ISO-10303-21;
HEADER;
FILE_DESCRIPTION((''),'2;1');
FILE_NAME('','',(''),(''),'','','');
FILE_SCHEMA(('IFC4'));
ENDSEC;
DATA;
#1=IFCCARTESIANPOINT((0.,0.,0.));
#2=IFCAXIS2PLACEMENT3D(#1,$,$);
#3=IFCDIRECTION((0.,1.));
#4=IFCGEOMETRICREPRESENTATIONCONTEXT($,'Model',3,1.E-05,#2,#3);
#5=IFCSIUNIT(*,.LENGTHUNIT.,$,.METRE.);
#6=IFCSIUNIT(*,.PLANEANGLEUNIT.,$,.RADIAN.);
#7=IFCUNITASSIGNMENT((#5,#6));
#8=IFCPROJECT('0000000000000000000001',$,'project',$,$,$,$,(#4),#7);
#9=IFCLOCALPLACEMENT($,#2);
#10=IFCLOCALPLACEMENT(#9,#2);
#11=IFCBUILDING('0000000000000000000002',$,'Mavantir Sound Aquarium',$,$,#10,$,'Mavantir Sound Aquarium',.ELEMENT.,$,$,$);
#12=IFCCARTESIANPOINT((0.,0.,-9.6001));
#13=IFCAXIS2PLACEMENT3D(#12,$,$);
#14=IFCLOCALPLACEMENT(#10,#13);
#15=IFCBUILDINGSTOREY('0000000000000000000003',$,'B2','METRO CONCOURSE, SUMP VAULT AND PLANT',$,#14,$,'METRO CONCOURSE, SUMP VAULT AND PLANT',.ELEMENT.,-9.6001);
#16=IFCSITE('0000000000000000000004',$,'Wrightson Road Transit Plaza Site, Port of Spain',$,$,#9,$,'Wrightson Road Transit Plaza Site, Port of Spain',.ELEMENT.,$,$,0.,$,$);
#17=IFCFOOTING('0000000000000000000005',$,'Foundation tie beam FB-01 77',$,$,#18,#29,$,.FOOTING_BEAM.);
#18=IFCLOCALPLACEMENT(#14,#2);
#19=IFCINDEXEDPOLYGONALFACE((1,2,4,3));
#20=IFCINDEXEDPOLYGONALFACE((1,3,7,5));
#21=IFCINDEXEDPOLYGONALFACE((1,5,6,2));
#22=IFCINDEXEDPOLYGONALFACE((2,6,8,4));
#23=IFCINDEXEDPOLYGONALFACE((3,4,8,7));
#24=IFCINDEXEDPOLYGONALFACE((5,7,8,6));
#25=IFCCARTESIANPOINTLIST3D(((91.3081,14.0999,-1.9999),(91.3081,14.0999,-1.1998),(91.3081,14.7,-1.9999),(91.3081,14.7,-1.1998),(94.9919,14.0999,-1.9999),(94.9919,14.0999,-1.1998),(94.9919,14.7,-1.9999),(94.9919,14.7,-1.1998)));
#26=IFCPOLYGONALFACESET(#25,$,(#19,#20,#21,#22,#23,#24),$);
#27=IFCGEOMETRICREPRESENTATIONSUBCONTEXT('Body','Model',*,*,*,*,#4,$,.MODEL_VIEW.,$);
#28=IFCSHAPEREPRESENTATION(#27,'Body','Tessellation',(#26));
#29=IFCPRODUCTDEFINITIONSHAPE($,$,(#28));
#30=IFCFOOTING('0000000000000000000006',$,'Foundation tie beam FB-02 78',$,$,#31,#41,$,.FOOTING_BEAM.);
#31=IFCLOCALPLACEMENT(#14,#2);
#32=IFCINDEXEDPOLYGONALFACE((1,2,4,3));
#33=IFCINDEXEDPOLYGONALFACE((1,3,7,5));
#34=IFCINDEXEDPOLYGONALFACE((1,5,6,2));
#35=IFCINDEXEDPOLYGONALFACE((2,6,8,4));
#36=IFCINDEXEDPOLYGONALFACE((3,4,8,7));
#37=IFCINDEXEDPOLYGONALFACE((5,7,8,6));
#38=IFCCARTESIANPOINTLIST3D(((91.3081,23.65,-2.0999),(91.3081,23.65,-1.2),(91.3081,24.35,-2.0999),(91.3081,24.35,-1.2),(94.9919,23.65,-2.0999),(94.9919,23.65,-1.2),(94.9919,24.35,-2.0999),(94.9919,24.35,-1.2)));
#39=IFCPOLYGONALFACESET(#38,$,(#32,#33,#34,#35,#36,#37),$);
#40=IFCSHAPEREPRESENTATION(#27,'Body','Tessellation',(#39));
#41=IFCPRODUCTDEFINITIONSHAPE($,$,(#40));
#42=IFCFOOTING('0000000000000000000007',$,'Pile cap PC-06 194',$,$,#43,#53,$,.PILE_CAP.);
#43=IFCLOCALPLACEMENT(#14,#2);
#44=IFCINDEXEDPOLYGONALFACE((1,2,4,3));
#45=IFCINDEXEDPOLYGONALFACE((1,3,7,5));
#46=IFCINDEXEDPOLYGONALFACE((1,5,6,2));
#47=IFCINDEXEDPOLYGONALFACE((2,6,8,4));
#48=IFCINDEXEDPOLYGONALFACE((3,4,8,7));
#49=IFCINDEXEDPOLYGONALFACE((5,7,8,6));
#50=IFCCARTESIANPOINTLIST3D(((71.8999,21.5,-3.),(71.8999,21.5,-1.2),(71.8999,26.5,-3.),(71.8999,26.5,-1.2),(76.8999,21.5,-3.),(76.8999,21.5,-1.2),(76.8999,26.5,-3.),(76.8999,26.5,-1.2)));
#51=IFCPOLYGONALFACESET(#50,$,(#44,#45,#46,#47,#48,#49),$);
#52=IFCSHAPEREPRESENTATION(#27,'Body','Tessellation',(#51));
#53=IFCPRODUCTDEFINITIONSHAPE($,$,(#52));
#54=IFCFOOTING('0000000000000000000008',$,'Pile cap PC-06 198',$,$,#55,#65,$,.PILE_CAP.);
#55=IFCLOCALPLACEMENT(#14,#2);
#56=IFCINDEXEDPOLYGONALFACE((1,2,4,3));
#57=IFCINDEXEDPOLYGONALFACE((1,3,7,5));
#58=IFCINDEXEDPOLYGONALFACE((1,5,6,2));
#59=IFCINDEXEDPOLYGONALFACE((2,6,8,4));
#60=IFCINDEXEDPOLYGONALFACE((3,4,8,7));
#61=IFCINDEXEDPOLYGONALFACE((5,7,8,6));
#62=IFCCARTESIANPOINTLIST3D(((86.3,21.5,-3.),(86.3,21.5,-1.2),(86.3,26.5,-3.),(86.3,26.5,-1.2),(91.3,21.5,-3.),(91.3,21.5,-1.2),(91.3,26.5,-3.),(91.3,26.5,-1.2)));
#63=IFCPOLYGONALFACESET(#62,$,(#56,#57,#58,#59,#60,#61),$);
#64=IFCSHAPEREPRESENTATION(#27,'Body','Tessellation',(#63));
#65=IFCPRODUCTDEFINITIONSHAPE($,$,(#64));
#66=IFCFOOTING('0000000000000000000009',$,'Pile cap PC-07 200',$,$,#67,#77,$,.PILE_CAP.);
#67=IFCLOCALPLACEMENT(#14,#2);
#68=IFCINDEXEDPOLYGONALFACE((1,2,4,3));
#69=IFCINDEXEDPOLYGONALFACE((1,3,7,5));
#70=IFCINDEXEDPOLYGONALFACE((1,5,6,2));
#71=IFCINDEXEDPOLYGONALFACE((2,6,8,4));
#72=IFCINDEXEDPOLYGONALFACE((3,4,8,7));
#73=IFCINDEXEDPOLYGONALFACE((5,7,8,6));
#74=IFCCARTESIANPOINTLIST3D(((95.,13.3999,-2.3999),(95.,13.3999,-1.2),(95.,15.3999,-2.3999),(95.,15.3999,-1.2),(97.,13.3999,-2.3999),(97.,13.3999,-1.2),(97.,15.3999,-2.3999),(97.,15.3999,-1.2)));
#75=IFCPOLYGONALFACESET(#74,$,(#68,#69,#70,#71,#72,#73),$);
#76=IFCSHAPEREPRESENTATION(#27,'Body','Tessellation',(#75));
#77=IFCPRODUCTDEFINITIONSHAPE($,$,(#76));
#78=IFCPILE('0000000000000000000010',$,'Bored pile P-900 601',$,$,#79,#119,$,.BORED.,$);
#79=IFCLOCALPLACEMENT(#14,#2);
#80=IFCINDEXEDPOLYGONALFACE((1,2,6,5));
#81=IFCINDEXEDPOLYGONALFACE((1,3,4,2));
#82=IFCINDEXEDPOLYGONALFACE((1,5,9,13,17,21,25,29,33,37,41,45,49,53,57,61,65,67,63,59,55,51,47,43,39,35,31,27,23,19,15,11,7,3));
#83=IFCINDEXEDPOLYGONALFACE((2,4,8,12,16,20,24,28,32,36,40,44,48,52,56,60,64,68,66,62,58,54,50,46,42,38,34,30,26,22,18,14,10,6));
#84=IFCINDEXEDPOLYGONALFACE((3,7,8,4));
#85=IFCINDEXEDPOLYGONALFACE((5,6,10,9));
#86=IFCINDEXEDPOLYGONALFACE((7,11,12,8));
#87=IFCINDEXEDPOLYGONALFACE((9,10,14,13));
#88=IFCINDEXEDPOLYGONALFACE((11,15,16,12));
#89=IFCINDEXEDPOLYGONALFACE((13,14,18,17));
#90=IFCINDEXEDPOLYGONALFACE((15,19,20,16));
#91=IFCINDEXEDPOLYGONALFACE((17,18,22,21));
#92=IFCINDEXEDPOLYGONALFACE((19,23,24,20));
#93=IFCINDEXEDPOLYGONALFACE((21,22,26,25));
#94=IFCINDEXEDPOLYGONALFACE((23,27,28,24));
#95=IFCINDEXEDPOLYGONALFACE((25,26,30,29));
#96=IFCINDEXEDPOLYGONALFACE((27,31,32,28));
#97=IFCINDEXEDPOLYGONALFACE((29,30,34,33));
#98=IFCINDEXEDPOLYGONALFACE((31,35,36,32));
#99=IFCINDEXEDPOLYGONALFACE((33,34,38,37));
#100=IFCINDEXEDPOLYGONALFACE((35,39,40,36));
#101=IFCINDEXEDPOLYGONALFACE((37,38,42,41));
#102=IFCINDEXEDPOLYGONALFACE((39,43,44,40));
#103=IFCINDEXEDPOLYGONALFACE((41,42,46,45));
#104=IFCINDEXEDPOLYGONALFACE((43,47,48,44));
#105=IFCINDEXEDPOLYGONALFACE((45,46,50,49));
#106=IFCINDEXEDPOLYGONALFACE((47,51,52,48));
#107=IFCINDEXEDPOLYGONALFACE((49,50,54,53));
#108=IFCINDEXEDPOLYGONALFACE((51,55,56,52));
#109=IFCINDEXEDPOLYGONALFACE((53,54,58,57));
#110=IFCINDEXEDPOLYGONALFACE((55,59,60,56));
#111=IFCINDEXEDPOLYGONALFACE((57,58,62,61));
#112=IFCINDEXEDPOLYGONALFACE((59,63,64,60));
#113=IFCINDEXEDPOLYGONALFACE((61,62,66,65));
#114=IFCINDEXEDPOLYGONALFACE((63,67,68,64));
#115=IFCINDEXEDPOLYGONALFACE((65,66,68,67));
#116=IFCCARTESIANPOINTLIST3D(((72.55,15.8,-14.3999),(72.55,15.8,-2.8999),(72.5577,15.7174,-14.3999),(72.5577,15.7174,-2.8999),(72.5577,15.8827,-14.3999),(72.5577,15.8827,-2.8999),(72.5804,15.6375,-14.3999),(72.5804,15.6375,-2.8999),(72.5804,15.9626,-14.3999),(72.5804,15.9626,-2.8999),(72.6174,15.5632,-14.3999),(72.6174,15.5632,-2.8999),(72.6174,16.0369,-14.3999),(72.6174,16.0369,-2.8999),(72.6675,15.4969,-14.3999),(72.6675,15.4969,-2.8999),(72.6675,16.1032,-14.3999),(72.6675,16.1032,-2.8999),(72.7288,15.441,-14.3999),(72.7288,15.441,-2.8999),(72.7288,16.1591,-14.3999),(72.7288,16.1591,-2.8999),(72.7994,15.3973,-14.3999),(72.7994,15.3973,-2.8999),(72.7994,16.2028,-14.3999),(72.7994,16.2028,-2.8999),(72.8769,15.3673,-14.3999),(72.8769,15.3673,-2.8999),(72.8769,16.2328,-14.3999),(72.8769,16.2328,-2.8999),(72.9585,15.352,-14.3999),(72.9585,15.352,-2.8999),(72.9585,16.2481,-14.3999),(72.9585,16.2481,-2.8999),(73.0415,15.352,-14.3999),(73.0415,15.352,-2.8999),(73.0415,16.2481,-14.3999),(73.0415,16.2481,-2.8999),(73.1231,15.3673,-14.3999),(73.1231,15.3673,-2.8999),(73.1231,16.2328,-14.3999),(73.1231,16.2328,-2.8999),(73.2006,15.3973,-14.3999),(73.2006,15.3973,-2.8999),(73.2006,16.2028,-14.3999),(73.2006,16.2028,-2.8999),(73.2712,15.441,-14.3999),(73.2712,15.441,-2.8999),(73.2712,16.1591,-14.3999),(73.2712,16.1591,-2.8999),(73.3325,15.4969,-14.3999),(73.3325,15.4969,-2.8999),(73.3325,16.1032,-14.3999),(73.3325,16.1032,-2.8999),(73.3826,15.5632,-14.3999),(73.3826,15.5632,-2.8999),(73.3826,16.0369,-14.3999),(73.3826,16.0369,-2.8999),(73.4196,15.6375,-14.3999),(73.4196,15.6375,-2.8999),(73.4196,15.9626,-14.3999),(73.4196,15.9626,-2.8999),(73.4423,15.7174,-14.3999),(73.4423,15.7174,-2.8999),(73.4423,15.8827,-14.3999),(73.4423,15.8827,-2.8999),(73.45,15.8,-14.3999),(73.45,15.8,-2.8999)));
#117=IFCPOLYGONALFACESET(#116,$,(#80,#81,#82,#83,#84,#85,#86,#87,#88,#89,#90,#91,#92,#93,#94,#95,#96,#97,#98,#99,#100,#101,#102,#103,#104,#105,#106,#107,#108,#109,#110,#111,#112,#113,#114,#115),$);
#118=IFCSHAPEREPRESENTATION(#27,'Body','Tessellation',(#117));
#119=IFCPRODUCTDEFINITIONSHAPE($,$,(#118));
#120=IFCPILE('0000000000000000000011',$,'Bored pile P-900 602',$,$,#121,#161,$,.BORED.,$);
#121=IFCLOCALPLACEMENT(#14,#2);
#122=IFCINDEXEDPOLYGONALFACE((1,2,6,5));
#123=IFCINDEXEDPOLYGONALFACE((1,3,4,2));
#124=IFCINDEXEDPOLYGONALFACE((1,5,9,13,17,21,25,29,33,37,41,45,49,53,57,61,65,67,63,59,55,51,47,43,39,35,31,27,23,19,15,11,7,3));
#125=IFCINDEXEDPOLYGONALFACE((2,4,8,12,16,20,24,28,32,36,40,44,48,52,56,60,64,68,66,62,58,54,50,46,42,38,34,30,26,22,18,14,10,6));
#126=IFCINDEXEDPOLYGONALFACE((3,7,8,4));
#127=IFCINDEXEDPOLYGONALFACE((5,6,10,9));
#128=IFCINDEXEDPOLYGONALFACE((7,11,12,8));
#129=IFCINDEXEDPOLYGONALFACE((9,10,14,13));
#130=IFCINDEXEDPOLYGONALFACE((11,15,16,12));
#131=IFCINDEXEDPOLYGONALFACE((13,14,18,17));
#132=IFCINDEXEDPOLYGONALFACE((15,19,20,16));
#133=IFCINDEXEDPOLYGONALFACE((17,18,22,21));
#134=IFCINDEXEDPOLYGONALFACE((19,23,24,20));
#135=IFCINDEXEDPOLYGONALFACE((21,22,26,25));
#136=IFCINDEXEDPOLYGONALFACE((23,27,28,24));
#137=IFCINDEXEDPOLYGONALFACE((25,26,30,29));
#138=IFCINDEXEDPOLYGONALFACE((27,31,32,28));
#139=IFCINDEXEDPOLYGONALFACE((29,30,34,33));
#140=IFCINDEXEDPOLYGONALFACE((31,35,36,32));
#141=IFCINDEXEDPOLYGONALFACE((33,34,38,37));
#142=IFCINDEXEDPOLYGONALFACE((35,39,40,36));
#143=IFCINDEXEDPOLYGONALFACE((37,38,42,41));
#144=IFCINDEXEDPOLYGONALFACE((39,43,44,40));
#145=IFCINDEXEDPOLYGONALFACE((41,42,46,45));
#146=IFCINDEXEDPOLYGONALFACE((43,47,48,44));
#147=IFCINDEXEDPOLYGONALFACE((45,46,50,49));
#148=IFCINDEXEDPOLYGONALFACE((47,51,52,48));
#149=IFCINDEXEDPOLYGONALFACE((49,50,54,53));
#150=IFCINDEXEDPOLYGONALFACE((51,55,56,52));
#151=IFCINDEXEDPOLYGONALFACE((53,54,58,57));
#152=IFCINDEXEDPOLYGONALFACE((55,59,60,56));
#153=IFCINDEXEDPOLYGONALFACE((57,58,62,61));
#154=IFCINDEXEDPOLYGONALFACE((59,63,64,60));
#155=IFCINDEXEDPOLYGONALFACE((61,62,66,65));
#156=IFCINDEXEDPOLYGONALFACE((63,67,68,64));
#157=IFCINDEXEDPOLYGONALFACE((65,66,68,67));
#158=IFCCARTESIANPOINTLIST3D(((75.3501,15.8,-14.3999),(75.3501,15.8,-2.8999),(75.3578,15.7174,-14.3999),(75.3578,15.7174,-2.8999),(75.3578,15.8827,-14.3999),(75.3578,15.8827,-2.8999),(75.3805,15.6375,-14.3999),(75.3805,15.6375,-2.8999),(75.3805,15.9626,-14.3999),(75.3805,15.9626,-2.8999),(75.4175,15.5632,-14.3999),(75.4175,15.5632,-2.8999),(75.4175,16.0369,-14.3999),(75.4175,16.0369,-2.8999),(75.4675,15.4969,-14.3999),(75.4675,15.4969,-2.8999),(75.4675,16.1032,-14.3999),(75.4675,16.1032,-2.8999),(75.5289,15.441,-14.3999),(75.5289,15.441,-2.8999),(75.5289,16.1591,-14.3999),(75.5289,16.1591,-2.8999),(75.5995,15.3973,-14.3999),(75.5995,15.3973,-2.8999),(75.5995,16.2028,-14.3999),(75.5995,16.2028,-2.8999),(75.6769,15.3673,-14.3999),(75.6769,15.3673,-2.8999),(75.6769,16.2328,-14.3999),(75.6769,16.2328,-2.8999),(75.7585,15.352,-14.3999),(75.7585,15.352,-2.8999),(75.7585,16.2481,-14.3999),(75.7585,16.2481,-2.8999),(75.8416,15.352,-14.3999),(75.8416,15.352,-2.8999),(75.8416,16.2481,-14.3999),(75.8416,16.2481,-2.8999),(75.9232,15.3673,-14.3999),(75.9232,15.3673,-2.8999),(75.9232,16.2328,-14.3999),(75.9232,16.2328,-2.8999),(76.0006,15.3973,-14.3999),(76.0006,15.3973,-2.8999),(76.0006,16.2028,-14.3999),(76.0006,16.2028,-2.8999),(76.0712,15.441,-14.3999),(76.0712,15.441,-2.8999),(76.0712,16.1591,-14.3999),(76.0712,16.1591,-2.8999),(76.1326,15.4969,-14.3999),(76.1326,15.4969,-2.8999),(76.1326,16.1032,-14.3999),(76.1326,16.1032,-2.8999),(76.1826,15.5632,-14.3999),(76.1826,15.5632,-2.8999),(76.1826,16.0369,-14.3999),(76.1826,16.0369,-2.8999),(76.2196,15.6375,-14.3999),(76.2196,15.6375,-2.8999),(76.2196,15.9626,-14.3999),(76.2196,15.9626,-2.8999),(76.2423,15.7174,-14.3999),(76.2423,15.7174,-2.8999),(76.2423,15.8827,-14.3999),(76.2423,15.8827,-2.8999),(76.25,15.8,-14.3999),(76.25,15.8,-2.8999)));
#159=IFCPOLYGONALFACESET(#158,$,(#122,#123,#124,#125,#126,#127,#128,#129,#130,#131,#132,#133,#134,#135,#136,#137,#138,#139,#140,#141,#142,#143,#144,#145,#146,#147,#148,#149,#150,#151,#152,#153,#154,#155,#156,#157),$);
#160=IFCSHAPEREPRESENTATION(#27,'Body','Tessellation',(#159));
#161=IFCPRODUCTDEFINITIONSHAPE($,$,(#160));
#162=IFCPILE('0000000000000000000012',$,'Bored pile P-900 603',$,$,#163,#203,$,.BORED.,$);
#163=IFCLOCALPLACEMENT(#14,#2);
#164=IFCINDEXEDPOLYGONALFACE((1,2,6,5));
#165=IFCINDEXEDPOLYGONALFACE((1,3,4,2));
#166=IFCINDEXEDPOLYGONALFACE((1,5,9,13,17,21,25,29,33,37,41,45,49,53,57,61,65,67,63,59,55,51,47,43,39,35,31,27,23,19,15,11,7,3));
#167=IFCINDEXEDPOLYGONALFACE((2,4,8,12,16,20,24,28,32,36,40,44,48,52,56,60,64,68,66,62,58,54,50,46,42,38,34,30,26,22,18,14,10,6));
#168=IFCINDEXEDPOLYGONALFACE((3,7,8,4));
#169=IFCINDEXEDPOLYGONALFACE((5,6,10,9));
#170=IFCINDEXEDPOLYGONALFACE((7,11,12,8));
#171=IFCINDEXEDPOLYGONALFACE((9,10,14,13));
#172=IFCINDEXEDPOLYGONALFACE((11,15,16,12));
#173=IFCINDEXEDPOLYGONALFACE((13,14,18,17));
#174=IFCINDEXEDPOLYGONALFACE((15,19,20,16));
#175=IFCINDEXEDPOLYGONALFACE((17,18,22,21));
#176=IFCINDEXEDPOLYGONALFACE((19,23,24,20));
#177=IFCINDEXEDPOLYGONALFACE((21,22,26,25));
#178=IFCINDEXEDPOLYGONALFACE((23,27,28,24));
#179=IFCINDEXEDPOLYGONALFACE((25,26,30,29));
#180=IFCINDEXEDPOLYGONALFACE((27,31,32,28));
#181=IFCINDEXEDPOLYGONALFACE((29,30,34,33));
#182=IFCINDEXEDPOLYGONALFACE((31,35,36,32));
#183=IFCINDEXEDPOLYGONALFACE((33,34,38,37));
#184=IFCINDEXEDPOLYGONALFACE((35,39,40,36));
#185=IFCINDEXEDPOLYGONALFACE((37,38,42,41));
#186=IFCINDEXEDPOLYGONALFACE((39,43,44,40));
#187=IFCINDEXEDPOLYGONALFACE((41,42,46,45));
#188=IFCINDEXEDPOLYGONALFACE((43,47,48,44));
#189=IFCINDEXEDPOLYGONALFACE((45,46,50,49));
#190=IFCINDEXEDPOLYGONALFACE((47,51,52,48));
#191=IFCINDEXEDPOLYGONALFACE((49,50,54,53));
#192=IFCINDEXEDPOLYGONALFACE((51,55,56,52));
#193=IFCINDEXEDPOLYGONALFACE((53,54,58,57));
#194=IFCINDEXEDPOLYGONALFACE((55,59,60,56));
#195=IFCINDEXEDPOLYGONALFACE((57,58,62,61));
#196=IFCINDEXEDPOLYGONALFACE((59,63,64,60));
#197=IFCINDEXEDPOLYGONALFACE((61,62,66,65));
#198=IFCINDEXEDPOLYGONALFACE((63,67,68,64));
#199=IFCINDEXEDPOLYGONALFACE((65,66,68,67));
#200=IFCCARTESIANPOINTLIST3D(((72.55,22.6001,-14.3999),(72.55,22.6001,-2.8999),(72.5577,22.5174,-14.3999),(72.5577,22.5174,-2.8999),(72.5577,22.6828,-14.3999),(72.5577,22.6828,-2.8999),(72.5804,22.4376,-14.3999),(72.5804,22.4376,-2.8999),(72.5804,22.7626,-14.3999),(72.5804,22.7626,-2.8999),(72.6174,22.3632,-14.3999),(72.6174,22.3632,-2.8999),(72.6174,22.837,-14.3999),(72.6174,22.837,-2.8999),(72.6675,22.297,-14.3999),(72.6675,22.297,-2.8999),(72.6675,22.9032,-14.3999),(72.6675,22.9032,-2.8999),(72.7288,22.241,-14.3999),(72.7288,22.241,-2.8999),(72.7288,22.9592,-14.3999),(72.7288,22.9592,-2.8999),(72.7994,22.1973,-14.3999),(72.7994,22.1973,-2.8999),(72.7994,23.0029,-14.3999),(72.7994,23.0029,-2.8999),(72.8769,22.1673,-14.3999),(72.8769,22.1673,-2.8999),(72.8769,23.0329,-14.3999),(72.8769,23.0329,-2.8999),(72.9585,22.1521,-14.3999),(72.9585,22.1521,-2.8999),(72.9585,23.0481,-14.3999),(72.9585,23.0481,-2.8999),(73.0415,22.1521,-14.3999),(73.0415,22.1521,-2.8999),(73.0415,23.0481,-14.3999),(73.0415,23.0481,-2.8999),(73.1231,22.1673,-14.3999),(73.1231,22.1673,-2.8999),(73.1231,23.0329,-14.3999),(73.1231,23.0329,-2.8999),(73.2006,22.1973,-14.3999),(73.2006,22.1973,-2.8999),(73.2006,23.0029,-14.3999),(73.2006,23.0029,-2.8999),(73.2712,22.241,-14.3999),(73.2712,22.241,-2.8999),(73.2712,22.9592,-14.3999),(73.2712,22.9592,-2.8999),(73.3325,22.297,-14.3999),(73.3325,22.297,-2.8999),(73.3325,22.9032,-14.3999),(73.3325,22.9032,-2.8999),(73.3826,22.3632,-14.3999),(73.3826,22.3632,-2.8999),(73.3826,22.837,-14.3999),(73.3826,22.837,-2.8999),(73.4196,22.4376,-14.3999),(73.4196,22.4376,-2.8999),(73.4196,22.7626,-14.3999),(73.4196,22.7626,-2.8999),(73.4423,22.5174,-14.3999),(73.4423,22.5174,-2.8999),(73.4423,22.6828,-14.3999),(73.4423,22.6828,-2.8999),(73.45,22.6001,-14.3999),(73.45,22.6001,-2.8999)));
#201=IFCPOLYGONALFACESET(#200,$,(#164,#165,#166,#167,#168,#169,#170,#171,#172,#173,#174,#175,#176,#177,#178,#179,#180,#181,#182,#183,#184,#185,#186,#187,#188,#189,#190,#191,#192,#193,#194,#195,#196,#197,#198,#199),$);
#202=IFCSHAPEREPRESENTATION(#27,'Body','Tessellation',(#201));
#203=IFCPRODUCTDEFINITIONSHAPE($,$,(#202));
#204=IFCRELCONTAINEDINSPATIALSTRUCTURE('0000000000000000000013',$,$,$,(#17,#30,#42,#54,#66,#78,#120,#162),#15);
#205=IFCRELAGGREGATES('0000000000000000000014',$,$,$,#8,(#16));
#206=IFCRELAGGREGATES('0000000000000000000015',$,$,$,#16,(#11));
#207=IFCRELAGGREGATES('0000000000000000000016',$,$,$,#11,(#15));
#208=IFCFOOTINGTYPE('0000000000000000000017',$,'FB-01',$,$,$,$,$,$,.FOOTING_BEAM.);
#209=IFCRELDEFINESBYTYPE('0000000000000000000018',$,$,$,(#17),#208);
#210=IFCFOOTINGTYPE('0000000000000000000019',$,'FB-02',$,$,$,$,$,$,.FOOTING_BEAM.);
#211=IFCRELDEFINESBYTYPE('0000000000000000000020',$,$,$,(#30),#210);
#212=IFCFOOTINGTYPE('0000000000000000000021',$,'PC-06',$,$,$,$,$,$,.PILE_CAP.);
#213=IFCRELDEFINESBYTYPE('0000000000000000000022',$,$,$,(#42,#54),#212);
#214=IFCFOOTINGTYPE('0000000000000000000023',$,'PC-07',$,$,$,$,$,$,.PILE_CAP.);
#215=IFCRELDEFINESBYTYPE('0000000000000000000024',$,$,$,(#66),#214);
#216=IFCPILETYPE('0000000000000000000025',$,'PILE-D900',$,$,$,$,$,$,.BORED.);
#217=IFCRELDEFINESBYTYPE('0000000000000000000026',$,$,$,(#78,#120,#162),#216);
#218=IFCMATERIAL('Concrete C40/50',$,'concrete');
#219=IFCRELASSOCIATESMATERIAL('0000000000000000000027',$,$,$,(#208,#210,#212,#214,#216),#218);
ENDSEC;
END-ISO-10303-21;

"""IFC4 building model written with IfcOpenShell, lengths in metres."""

from ifc_helpers import new_model, si_unit, direction, frame, origin, origin_2d, place, context, subcontext, project, spatial, rectangle, circle, extrude, material, material_profile, profile_set, type_object, element, save


model = new_model("IFC4")

# Units and contexts
model_context = context("Model", 3, precision=1e-05, world=origin(), true_north=direction((0.0, 1.0)))
body_context = subcontext(model_context, "Body", "Model", "MODEL_VIEW")
ifc_project = project(units=[si_unit("LENGTHUNIT", "METRE"), si_unit("PLANEANGLEUNIT", "RADIAN")], contexts=[model_context])

# Site, building, storey
site_placement = place(None, origin())
site = spatial("IfcSite", under=ifc_project, at=site_placement, Name="Wrightson Road Transit Plaza Site, Port of Spain", LongName="Wrightson Road Transit Plaza Site, Port of Spain", CompositionType="ELEMENT", RefElevation=0.0)
building_placement = place(site_placement, origin())
building = spatial("IfcBuilding", under=site, at=building_placement, Name="Mavantir Sound Aquarium", LongName="Mavantir Sound Aquarium", CompositionType="ELEMENT")
storey_placement = place(building_placement, frame((0.0, 0.0, -9.6001)))
storey = spatial("IfcBuildingStorey", under=building, at=storey_placement, Name="B2", Description="METRO CONCOURSE, SUMP VAULT AND PLANT", LongName="METRO CONCOURSE, SUMP VAULT AND PLANT", CompositionType="ELEMENT", Elevation=-9.6001)

# Footings
ifc_material_1 = material(Name="Concrete C40/50", Category="concrete")
ifc_material_profile_1 = material_profile(ifc_material_1, rectangle(XDim=0.6001, YDim=0.8, at=origin_2d()), Name="RC 600X800")
ifc_profile_set_1 = profile_set([ifc_material_profile_1], Name="Concrete C40/50")
footing_type_1 = type_object("IfcFootingType", Name="FB-01", PredefinedType="FOOTING_BEAM", material=ifc_profile_set_1)
footing_1_placement = place(storey_placement, frame((91.3081, 14.3999, -1.5999), z_axis=(1.0, 0.0, 0.0), x_axis=(0.0, 1.0, 0.0)))
element("IfcFooting", 1, at=footing_1_placement, inside=storey, type_object=footing_type_1, Name="Foundation tie beam FB-01 77", PredefinedType="FOOTING_BEAM", context=body_context, shape_type="SweptSolid", body=[
    extrude(rectangle(XDim=0.6001, YDim=0.8, at=origin_2d()), origin(), (0.0, 0.0, 1.0), 3.6838),
])
ifc_material_profile_2 = material_profile(ifc_material_1, rectangle(XDim=0.7, YDim=0.8999, at=origin_2d()), Name="RC 700X900")
ifc_profile_set_2 = profile_set([ifc_material_profile_2], Name="Concrete C40/50")
footing_type_2 = type_object("IfcFootingType", Name="FB-02", PredefinedType="FOOTING_BEAM", material=ifc_profile_set_2)
footing_2_placement = place(storey_placement, frame((91.3081, 24.0, -1.6499), z_axis=(1.0, 0.0, 0.0), x_axis=(0.0, 1.0, 0.0)))
element("IfcFooting", 2, at=footing_2_placement, inside=storey, type_object=footing_type_2, Name="Foundation tie beam FB-02 78", PredefinedType="FOOTING_BEAM", context=body_context, shape_type="SweptSolid", body=[
    extrude(rectangle(XDim=0.7, YDim=0.8999, at=origin_2d()), origin(), (0.0, 0.0, 1.0), 3.6838),
])
footing_type_3 = type_object("IfcFootingType", Name="PC-06", PredefinedType="PILE_CAP", material=ifc_material_1)
for number, where, z_axis, x_axis, name in (
    (3, (74.3999, 24.0, -3.0), (0.0, 0.0, 1.0), (1.0, 0.0, 0.0), "Pile cap PC-06 194"),
    (4, (88.8, 24.0, -3.0), (0.0, 0.0, 1.0), (1.0, 0.0, 0.0), "Pile cap PC-06 198"),
):
    element("IfcFooting", number, at=place(storey_placement, frame(where, z_axis=z_axis, x_axis=x_axis)), inside=storey, type_object=footing_type_3, Name=name, PredefinedType="PILE_CAP", context=body_context, shape_type="SweptSolid", body=[
        extrude(rectangle(XDim=5.0, YDim=5.0, at=origin_2d()), origin(), (0.0, 0.0, 1.0), 1.8),
    ])
footing_type_4 = type_object("IfcFootingType", Name="PC-07", PredefinedType="PILE_CAP", material=ifc_material_1)
footing_3_placement = place(storey_placement, frame((96.0, 14.3999, -2.3999), z_axis=(0.0, 0.0, 1.0), x_axis=(1.0, 0.0, 0.0)))
element("IfcFooting", 5, at=footing_3_placement, inside=storey, type_object=footing_type_4, Name="Pile cap PC-07 200", PredefinedType="PILE_CAP", context=body_context, shape_type="SweptSolid", body=[
    extrude(rectangle(XDim=2.0, YDim=2.0, at=origin_2d()), origin(), (0.0, 0.0, 1.0), 1.2),
])

# Piles
ifc_material_profile_3 = material_profile(ifc_material_1, circle(Radius=0.45, at=origin_2d()), Name="PILE D900")
ifc_profile_set_3 = profile_set([ifc_material_profile_3], Name="Concrete C40/50")
pile_type = type_object("IfcPileType", Name="PILE-D900", PredefinedType="BORED", material=ifc_profile_set_3)
for number, where, z_axis, x_axis, name in (
    (6, (73.0, 15.8, -2.8999), (0.0, 0.0, -1.0), (1.0, 0.0, 0.0), "Bored pile P-900 601"),
    (7, (75.8, 15.8, -2.8999), (0.0, 0.0, -1.0), (1.0, 0.0, 0.0), "Bored pile P-900 602"),
    (8, (73.0, 22.6001, -2.8999), (0.0, 0.0, -1.0), (1.0, 0.0, 0.0), "Bored pile P-900 603"),
):
    element("IfcPile", number, at=place(storey_placement, frame(where, z_axis=z_axis, x_axis=x_axis)), inside=storey, type_object=pile_type, Name=name, PredefinedType="BORED", context=body_context, shape_type="SweptSolid", body=[
        extrude(circle(Radius=0.45, at=origin_2d()), origin(), (0.0, 0.0, 1.0), 11.5),
    ])

save(model, "model.ifc")
